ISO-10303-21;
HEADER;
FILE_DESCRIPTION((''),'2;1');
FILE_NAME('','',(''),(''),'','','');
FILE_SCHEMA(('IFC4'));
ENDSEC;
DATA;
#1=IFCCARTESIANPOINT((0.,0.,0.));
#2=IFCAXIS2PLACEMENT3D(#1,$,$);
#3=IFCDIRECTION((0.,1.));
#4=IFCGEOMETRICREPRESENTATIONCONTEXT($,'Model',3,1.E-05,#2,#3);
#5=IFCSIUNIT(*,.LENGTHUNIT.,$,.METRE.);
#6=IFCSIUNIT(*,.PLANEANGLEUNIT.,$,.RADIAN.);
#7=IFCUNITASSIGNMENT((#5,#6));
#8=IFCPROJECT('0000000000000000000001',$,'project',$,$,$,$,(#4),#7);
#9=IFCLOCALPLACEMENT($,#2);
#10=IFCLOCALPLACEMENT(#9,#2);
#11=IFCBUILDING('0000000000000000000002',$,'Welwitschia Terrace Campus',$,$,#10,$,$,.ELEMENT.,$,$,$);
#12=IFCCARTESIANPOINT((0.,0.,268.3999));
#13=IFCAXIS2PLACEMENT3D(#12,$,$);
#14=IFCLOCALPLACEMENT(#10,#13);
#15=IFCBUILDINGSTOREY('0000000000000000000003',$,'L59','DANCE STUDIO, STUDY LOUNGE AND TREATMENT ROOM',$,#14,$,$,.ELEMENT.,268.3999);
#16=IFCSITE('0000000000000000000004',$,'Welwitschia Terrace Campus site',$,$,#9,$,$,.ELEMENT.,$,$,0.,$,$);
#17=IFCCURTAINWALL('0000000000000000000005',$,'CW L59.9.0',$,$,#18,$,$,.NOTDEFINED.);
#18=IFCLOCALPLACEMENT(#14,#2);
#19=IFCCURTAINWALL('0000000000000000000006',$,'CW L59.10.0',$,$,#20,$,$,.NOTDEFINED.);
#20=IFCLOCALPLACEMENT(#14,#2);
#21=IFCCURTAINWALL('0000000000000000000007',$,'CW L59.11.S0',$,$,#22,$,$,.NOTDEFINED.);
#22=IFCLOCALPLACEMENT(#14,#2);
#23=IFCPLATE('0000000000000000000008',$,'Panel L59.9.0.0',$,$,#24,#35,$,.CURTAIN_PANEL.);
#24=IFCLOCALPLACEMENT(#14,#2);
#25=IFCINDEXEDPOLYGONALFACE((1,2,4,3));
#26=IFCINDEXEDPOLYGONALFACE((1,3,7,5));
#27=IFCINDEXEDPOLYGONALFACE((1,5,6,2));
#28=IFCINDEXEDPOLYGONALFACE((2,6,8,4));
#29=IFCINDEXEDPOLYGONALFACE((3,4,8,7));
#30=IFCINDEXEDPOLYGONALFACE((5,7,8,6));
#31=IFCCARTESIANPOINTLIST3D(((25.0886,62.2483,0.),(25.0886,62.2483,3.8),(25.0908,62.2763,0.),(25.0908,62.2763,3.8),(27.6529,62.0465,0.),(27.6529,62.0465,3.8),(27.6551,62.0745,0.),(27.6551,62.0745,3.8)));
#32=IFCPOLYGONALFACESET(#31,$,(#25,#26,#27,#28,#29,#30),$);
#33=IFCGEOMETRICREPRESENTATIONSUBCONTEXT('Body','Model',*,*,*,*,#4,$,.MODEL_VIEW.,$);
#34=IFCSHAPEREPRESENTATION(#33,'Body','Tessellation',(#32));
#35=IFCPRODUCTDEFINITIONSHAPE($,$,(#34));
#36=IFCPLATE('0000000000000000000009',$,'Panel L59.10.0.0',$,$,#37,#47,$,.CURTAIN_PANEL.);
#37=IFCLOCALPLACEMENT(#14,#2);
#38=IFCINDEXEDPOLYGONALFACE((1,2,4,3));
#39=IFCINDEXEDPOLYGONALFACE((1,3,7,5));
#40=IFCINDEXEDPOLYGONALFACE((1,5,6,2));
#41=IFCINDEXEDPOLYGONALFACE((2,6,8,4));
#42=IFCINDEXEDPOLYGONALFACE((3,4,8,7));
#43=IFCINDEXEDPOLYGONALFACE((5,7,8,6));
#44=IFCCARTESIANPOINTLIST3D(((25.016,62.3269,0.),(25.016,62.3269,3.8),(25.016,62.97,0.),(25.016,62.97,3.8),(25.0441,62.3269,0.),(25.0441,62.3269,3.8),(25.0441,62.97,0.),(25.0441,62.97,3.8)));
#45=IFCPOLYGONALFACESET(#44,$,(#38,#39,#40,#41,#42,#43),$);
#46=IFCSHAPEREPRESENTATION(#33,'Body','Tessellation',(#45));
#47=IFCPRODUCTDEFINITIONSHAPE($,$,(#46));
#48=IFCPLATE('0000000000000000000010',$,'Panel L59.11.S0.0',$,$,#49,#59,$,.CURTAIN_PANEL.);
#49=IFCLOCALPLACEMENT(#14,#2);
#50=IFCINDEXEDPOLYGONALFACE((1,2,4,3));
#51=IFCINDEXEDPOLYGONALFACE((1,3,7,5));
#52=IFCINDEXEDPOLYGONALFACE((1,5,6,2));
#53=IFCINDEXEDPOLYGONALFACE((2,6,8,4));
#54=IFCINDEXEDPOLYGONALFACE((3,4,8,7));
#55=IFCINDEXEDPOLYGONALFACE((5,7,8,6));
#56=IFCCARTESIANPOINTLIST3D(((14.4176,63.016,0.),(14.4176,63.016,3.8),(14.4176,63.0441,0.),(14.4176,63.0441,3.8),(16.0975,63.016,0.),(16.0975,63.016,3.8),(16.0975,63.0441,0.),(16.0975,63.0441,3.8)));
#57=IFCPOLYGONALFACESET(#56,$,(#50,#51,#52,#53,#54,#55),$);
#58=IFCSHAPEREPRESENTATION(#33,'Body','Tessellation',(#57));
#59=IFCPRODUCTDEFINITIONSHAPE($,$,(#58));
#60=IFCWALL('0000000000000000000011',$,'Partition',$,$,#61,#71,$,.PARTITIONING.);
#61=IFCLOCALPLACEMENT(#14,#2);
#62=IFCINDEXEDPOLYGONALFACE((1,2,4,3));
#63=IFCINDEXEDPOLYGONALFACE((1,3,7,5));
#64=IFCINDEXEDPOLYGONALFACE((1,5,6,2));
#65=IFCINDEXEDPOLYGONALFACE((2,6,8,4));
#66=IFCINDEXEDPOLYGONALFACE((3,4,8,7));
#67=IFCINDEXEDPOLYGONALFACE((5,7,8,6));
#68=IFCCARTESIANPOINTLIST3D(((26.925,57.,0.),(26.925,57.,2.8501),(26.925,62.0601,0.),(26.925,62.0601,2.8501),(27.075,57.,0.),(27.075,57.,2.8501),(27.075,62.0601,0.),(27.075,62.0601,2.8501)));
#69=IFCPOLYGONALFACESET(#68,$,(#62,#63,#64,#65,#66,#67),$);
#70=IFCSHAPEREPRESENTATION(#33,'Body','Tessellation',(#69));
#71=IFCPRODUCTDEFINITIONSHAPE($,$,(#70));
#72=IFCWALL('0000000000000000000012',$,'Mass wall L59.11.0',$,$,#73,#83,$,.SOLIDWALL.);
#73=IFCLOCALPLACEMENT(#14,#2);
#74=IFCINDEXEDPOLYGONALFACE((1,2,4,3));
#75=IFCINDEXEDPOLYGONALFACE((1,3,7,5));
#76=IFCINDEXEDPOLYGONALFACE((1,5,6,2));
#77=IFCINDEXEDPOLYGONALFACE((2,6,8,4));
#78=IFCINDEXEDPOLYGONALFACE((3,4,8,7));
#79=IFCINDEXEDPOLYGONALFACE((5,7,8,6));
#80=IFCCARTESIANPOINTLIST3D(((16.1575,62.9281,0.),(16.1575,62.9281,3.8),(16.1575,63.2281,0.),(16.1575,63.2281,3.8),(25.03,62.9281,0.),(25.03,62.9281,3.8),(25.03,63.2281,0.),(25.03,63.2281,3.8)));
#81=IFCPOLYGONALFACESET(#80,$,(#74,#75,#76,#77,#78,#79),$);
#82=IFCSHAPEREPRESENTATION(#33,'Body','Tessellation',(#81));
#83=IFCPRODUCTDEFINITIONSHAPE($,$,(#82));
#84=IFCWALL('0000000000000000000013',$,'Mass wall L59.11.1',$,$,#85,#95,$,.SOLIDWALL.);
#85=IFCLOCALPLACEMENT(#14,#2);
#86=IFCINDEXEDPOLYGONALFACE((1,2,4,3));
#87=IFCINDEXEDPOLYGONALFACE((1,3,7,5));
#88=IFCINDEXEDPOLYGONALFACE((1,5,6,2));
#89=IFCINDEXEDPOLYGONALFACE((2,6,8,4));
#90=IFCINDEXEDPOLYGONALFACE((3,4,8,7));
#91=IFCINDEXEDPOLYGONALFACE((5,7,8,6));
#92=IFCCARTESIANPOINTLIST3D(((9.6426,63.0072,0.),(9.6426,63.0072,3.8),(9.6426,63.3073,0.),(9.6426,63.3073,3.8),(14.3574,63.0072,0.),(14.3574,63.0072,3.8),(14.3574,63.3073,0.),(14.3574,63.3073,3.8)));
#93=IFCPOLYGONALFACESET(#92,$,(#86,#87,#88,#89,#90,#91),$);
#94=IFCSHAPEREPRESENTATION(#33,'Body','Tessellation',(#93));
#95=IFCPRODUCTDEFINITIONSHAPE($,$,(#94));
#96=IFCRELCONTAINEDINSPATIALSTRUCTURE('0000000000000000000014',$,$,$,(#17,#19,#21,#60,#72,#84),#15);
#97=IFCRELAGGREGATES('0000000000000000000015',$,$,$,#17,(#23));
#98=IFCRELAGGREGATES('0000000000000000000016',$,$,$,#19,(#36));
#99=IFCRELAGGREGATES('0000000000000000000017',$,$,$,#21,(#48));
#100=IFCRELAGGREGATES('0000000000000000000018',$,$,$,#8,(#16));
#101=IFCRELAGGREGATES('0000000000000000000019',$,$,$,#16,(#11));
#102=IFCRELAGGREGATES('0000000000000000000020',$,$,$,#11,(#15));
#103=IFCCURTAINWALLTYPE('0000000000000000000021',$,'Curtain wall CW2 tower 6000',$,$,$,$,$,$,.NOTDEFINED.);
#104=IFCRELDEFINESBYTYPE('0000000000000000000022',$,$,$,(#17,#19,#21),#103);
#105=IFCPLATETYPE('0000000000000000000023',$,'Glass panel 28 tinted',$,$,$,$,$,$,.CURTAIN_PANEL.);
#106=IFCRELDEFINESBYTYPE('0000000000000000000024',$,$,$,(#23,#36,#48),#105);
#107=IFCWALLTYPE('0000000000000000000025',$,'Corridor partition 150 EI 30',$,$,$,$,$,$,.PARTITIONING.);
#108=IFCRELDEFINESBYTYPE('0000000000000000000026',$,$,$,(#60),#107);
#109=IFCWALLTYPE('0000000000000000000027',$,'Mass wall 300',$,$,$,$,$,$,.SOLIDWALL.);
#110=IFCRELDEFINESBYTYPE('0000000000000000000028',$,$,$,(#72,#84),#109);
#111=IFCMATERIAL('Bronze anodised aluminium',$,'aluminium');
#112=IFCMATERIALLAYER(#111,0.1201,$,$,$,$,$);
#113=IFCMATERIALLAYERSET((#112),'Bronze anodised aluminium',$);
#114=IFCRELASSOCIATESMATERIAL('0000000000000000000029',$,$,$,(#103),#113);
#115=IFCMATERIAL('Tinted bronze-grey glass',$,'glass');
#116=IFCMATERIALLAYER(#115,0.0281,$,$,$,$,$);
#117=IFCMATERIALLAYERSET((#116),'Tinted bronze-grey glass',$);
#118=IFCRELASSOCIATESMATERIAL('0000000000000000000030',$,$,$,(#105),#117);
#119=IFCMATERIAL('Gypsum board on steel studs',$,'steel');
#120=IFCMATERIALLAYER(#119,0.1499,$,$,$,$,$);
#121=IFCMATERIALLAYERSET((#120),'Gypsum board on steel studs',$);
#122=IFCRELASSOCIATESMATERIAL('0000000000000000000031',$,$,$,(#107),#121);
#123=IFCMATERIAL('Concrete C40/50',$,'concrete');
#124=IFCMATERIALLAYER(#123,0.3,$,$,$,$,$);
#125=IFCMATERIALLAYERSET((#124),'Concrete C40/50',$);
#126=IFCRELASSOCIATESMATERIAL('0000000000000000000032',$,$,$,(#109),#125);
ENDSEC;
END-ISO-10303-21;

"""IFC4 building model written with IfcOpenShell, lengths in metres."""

from ifc_helpers import new_model, si_unit, direction, frame, frame_2d, origin, origin_2d, place, context, subcontext, project, spatial, rectangle, extrude, material, layer, layer_set, type_object, element, aggregate, save


model = new_model("IFC4")

# Units and contexts
model_context = context("Model", 3, precision=1e-05, world=origin(), true_north=direction((0.0, 1.0)))
body_context = subcontext(model_context, "Body", "Model", "MODEL_VIEW")
ifc_project = project(units=[si_unit("LENGTHUNIT", "METRE"), si_unit("PLANEANGLEUNIT", "RADIAN")], contexts=[model_context])

# Site, building, storey
site_placement = place(None, origin())
site = spatial("IfcSite", under=ifc_project, at=site_placement, Name="Welwitschia Terrace Campus site", CompositionType="ELEMENT", RefElevation=0.0)
building_placement = place(site_placement, origin())
building = spatial("IfcBuilding", under=site, at=building_placement, Name="Welwitschia Terrace Campus", CompositionType="ELEMENT")
storey_placement = place(building_placement, frame((0.0, 0.0, 268.3999)))
storey = spatial("IfcBuildingStorey", under=building, at=storey_placement, Name="L59", Description="DANCE STUDIO, STUDY LOUNGE AND TREATMENT ROOM", CompositionType="ELEMENT", Elevation=268.3999)

# Curtain walls
ifc_material_1 = material(Name="Bronze anodised aluminium", Category="aluminium")
ifc_layer_1 = layer(ifc_material_1, 0.1201)
ifc_layer_set_1 = layer_set([ifc_layer_1], Name="Bronze anodised aluminium")
curtain_wall_type = type_object("IfcCurtainWallType", Name="Curtain wall CW2 tower 6000", PredefinedType="NOTDEFINED", material=ifc_layer_set_1)
curtain_wall_1_placement = place(storey_placement, origin())
curtain_wall_1 = element("IfcCurtainWall", 1, at=curtain_wall_1_placement, inside=storey, type_object=curtain_wall_type, Name="CW L59.9.0", PredefinedType="NOTDEFINED")
curtain_wall_2_placement = place(storey_placement, origin())
curtain_wall_2 = element("IfcCurtainWall", 2, at=curtain_wall_2_placement, inside=storey, type_object=curtain_wall_type, Name="CW L59.10.0", PredefinedType="NOTDEFINED")
curtain_wall_3_placement = place(storey_placement, origin())
curtain_wall_3 = element("IfcCurtainWall", 3, at=curtain_wall_3_placement, inside=storey, type_object=curtain_wall_type, Name="CW L59.11.S0", PredefinedType="NOTDEFINED")

# Plates
ifc_material_2 = material(Name="Tinted bronze-grey glass", Category="glass")
ifc_layer_2 = layer(ifc_material_2, 0.0281)
ifc_layer_set_2 = layer_set([ifc_layer_2], Name="Tinted bronze-grey glass")
plate_type = type_object("IfcPlateType", Name="Glass panel 28 tinted", PredefinedType="CURTAIN_PANEL", material=ifc_layer_set_2)
plate_1_placement = place(storey_placement, frame((26.3718, 62.1614, 0.0), z_axis=(0.0, 0.0, 1.0), x_axis=(-0.996917, 0.078459, 0.0)))
plate_1 = element("IfcPlate", 4, at=plate_1_placement, type_object=plate_type, Name="Panel L59.9.0.0", PredefinedType="CURTAIN_PANEL", context=body_context, shape_type="SweptSolid", body=[
    extrude(rectangle(XDim=2.5723, YDim=0.0281, at=origin_2d()), origin(), (0.0, 0.0, 1.0), 3.8),
])
aggregate(curtain_wall_1, [plate_1])
plate_2_placement = place(storey_placement, frame((25.03, 62.6484, 0.0), z_axis=(0.0, 0.0, 1.0), x_axis=(0.0, 1.0, 0.0)))
plate_2 = element("IfcPlate", 5, at=plate_2_placement, type_object=plate_type, Name="Panel L59.10.0.0", PredefinedType="CURTAIN_PANEL", context=body_context, shape_type="SweptSolid", body=[
    extrude(rectangle(XDim=0.6431, YDim=0.0281, at=origin_2d()), origin(), (0.0, 0.0, 1.0), 3.8),
])
aggregate(curtain_wall_2, [plate_2])
plate_3_placement = place(storey_placement, frame((15.2576, 63.03, 0.0), z_axis=(0.0, 0.0, 1.0), x_axis=(-1.0, 0.0, 0.0)))
plate_3 = element("IfcPlate", 6, at=plate_3_placement, type_object=plate_type, Name="Panel L59.11.S0.0", PredefinedType="CURTAIN_PANEL", context=body_context, shape_type="SweptSolid", body=[
    extrude(rectangle(XDim=1.6799, YDim=0.0281, at=origin_2d()), origin(), (0.0, 0.0, 1.0), 3.8),
])
aggregate(curtain_wall_3, [plate_3])

# Walls
ifc_material_3 = material(Name="Gypsum board on steel studs", Category="steel")
ifc_layer_3 = layer(ifc_material_3, 0.1499)
ifc_layer_set_3 = layer_set([ifc_layer_3], Name="Gypsum board on steel studs")
wall_type_1 = type_object("IfcWallType", Name="Corridor partition 150 EI 30", PredefinedType="PARTITIONING", material=ifc_layer_set_3)
wall_1_placement = place(storey_placement, frame((27.0, 57.0, 0.0), z_axis=(0.0, 0.0, 1.0), x_axis=(0.0, 1.0, 0.0)))
element("IfcWall", 7, at=wall_1_placement, inside=storey, type_object=wall_type_1, Name="Partition", PredefinedType="PARTITIONING", context=body_context, shape_type="SweptSolid", body=[
    extrude(rectangle(XDim=5.0601, YDim=0.1499, at=frame_2d((2.53, 0.0))), origin(), (0.0, 0.0, 1.0), 2.8501),
])
ifc_material_4 = material(Name="Concrete C40/50", Category="concrete")
ifc_layer_4 = layer(ifc_material_4, 0.3)
ifc_layer_set_4 = layer_set([ifc_layer_4], Name="Concrete C40/50")
wall_type_2 = type_object("IfcWallType", Name="Mass wall 300", PredefinedType="SOLIDWALL", material=ifc_layer_set_4)
wall_2_placement = place(storey_placement, frame((25.03, 63.0781, 0.0), z_axis=(0.0, 0.0, 1.0), x_axis=(-1.0, 0.0, 0.0)))
element("IfcWall", 8, at=wall_2_placement, inside=storey, type_object=wall_type_2, Name="Mass wall L59.11.0", PredefinedType="SOLIDWALL", context=body_context, shape_type="SweptSolid", body=[
    extrude(rectangle(XDim=8.8726, YDim=0.3, at=frame_2d((4.4363, 0.0))), origin(), (0.0, 0.0, 1.0), 3.8),
])
wall_3_placement = place(storey_placement, frame((14.3574, 63.1572, 0.0), z_axis=(0.0, 0.0, 1.0), x_axis=(-1.0, 0.0, 0.0)))
element("IfcWall", 9, at=wall_3_placement, inside=storey, type_object=wall_type_2, Name="Mass wall L59.11.1", PredefinedType="SOLIDWALL", context=body_context, shape_type="SweptSolid", body=[
    extrude(rectangle(XDim=4.7148, YDim=0.3, at=frame_2d((2.3574, 0.0))), origin(), (0.0, 0.0, 1.0), 3.8),
])

save(model, "model.ifc")
